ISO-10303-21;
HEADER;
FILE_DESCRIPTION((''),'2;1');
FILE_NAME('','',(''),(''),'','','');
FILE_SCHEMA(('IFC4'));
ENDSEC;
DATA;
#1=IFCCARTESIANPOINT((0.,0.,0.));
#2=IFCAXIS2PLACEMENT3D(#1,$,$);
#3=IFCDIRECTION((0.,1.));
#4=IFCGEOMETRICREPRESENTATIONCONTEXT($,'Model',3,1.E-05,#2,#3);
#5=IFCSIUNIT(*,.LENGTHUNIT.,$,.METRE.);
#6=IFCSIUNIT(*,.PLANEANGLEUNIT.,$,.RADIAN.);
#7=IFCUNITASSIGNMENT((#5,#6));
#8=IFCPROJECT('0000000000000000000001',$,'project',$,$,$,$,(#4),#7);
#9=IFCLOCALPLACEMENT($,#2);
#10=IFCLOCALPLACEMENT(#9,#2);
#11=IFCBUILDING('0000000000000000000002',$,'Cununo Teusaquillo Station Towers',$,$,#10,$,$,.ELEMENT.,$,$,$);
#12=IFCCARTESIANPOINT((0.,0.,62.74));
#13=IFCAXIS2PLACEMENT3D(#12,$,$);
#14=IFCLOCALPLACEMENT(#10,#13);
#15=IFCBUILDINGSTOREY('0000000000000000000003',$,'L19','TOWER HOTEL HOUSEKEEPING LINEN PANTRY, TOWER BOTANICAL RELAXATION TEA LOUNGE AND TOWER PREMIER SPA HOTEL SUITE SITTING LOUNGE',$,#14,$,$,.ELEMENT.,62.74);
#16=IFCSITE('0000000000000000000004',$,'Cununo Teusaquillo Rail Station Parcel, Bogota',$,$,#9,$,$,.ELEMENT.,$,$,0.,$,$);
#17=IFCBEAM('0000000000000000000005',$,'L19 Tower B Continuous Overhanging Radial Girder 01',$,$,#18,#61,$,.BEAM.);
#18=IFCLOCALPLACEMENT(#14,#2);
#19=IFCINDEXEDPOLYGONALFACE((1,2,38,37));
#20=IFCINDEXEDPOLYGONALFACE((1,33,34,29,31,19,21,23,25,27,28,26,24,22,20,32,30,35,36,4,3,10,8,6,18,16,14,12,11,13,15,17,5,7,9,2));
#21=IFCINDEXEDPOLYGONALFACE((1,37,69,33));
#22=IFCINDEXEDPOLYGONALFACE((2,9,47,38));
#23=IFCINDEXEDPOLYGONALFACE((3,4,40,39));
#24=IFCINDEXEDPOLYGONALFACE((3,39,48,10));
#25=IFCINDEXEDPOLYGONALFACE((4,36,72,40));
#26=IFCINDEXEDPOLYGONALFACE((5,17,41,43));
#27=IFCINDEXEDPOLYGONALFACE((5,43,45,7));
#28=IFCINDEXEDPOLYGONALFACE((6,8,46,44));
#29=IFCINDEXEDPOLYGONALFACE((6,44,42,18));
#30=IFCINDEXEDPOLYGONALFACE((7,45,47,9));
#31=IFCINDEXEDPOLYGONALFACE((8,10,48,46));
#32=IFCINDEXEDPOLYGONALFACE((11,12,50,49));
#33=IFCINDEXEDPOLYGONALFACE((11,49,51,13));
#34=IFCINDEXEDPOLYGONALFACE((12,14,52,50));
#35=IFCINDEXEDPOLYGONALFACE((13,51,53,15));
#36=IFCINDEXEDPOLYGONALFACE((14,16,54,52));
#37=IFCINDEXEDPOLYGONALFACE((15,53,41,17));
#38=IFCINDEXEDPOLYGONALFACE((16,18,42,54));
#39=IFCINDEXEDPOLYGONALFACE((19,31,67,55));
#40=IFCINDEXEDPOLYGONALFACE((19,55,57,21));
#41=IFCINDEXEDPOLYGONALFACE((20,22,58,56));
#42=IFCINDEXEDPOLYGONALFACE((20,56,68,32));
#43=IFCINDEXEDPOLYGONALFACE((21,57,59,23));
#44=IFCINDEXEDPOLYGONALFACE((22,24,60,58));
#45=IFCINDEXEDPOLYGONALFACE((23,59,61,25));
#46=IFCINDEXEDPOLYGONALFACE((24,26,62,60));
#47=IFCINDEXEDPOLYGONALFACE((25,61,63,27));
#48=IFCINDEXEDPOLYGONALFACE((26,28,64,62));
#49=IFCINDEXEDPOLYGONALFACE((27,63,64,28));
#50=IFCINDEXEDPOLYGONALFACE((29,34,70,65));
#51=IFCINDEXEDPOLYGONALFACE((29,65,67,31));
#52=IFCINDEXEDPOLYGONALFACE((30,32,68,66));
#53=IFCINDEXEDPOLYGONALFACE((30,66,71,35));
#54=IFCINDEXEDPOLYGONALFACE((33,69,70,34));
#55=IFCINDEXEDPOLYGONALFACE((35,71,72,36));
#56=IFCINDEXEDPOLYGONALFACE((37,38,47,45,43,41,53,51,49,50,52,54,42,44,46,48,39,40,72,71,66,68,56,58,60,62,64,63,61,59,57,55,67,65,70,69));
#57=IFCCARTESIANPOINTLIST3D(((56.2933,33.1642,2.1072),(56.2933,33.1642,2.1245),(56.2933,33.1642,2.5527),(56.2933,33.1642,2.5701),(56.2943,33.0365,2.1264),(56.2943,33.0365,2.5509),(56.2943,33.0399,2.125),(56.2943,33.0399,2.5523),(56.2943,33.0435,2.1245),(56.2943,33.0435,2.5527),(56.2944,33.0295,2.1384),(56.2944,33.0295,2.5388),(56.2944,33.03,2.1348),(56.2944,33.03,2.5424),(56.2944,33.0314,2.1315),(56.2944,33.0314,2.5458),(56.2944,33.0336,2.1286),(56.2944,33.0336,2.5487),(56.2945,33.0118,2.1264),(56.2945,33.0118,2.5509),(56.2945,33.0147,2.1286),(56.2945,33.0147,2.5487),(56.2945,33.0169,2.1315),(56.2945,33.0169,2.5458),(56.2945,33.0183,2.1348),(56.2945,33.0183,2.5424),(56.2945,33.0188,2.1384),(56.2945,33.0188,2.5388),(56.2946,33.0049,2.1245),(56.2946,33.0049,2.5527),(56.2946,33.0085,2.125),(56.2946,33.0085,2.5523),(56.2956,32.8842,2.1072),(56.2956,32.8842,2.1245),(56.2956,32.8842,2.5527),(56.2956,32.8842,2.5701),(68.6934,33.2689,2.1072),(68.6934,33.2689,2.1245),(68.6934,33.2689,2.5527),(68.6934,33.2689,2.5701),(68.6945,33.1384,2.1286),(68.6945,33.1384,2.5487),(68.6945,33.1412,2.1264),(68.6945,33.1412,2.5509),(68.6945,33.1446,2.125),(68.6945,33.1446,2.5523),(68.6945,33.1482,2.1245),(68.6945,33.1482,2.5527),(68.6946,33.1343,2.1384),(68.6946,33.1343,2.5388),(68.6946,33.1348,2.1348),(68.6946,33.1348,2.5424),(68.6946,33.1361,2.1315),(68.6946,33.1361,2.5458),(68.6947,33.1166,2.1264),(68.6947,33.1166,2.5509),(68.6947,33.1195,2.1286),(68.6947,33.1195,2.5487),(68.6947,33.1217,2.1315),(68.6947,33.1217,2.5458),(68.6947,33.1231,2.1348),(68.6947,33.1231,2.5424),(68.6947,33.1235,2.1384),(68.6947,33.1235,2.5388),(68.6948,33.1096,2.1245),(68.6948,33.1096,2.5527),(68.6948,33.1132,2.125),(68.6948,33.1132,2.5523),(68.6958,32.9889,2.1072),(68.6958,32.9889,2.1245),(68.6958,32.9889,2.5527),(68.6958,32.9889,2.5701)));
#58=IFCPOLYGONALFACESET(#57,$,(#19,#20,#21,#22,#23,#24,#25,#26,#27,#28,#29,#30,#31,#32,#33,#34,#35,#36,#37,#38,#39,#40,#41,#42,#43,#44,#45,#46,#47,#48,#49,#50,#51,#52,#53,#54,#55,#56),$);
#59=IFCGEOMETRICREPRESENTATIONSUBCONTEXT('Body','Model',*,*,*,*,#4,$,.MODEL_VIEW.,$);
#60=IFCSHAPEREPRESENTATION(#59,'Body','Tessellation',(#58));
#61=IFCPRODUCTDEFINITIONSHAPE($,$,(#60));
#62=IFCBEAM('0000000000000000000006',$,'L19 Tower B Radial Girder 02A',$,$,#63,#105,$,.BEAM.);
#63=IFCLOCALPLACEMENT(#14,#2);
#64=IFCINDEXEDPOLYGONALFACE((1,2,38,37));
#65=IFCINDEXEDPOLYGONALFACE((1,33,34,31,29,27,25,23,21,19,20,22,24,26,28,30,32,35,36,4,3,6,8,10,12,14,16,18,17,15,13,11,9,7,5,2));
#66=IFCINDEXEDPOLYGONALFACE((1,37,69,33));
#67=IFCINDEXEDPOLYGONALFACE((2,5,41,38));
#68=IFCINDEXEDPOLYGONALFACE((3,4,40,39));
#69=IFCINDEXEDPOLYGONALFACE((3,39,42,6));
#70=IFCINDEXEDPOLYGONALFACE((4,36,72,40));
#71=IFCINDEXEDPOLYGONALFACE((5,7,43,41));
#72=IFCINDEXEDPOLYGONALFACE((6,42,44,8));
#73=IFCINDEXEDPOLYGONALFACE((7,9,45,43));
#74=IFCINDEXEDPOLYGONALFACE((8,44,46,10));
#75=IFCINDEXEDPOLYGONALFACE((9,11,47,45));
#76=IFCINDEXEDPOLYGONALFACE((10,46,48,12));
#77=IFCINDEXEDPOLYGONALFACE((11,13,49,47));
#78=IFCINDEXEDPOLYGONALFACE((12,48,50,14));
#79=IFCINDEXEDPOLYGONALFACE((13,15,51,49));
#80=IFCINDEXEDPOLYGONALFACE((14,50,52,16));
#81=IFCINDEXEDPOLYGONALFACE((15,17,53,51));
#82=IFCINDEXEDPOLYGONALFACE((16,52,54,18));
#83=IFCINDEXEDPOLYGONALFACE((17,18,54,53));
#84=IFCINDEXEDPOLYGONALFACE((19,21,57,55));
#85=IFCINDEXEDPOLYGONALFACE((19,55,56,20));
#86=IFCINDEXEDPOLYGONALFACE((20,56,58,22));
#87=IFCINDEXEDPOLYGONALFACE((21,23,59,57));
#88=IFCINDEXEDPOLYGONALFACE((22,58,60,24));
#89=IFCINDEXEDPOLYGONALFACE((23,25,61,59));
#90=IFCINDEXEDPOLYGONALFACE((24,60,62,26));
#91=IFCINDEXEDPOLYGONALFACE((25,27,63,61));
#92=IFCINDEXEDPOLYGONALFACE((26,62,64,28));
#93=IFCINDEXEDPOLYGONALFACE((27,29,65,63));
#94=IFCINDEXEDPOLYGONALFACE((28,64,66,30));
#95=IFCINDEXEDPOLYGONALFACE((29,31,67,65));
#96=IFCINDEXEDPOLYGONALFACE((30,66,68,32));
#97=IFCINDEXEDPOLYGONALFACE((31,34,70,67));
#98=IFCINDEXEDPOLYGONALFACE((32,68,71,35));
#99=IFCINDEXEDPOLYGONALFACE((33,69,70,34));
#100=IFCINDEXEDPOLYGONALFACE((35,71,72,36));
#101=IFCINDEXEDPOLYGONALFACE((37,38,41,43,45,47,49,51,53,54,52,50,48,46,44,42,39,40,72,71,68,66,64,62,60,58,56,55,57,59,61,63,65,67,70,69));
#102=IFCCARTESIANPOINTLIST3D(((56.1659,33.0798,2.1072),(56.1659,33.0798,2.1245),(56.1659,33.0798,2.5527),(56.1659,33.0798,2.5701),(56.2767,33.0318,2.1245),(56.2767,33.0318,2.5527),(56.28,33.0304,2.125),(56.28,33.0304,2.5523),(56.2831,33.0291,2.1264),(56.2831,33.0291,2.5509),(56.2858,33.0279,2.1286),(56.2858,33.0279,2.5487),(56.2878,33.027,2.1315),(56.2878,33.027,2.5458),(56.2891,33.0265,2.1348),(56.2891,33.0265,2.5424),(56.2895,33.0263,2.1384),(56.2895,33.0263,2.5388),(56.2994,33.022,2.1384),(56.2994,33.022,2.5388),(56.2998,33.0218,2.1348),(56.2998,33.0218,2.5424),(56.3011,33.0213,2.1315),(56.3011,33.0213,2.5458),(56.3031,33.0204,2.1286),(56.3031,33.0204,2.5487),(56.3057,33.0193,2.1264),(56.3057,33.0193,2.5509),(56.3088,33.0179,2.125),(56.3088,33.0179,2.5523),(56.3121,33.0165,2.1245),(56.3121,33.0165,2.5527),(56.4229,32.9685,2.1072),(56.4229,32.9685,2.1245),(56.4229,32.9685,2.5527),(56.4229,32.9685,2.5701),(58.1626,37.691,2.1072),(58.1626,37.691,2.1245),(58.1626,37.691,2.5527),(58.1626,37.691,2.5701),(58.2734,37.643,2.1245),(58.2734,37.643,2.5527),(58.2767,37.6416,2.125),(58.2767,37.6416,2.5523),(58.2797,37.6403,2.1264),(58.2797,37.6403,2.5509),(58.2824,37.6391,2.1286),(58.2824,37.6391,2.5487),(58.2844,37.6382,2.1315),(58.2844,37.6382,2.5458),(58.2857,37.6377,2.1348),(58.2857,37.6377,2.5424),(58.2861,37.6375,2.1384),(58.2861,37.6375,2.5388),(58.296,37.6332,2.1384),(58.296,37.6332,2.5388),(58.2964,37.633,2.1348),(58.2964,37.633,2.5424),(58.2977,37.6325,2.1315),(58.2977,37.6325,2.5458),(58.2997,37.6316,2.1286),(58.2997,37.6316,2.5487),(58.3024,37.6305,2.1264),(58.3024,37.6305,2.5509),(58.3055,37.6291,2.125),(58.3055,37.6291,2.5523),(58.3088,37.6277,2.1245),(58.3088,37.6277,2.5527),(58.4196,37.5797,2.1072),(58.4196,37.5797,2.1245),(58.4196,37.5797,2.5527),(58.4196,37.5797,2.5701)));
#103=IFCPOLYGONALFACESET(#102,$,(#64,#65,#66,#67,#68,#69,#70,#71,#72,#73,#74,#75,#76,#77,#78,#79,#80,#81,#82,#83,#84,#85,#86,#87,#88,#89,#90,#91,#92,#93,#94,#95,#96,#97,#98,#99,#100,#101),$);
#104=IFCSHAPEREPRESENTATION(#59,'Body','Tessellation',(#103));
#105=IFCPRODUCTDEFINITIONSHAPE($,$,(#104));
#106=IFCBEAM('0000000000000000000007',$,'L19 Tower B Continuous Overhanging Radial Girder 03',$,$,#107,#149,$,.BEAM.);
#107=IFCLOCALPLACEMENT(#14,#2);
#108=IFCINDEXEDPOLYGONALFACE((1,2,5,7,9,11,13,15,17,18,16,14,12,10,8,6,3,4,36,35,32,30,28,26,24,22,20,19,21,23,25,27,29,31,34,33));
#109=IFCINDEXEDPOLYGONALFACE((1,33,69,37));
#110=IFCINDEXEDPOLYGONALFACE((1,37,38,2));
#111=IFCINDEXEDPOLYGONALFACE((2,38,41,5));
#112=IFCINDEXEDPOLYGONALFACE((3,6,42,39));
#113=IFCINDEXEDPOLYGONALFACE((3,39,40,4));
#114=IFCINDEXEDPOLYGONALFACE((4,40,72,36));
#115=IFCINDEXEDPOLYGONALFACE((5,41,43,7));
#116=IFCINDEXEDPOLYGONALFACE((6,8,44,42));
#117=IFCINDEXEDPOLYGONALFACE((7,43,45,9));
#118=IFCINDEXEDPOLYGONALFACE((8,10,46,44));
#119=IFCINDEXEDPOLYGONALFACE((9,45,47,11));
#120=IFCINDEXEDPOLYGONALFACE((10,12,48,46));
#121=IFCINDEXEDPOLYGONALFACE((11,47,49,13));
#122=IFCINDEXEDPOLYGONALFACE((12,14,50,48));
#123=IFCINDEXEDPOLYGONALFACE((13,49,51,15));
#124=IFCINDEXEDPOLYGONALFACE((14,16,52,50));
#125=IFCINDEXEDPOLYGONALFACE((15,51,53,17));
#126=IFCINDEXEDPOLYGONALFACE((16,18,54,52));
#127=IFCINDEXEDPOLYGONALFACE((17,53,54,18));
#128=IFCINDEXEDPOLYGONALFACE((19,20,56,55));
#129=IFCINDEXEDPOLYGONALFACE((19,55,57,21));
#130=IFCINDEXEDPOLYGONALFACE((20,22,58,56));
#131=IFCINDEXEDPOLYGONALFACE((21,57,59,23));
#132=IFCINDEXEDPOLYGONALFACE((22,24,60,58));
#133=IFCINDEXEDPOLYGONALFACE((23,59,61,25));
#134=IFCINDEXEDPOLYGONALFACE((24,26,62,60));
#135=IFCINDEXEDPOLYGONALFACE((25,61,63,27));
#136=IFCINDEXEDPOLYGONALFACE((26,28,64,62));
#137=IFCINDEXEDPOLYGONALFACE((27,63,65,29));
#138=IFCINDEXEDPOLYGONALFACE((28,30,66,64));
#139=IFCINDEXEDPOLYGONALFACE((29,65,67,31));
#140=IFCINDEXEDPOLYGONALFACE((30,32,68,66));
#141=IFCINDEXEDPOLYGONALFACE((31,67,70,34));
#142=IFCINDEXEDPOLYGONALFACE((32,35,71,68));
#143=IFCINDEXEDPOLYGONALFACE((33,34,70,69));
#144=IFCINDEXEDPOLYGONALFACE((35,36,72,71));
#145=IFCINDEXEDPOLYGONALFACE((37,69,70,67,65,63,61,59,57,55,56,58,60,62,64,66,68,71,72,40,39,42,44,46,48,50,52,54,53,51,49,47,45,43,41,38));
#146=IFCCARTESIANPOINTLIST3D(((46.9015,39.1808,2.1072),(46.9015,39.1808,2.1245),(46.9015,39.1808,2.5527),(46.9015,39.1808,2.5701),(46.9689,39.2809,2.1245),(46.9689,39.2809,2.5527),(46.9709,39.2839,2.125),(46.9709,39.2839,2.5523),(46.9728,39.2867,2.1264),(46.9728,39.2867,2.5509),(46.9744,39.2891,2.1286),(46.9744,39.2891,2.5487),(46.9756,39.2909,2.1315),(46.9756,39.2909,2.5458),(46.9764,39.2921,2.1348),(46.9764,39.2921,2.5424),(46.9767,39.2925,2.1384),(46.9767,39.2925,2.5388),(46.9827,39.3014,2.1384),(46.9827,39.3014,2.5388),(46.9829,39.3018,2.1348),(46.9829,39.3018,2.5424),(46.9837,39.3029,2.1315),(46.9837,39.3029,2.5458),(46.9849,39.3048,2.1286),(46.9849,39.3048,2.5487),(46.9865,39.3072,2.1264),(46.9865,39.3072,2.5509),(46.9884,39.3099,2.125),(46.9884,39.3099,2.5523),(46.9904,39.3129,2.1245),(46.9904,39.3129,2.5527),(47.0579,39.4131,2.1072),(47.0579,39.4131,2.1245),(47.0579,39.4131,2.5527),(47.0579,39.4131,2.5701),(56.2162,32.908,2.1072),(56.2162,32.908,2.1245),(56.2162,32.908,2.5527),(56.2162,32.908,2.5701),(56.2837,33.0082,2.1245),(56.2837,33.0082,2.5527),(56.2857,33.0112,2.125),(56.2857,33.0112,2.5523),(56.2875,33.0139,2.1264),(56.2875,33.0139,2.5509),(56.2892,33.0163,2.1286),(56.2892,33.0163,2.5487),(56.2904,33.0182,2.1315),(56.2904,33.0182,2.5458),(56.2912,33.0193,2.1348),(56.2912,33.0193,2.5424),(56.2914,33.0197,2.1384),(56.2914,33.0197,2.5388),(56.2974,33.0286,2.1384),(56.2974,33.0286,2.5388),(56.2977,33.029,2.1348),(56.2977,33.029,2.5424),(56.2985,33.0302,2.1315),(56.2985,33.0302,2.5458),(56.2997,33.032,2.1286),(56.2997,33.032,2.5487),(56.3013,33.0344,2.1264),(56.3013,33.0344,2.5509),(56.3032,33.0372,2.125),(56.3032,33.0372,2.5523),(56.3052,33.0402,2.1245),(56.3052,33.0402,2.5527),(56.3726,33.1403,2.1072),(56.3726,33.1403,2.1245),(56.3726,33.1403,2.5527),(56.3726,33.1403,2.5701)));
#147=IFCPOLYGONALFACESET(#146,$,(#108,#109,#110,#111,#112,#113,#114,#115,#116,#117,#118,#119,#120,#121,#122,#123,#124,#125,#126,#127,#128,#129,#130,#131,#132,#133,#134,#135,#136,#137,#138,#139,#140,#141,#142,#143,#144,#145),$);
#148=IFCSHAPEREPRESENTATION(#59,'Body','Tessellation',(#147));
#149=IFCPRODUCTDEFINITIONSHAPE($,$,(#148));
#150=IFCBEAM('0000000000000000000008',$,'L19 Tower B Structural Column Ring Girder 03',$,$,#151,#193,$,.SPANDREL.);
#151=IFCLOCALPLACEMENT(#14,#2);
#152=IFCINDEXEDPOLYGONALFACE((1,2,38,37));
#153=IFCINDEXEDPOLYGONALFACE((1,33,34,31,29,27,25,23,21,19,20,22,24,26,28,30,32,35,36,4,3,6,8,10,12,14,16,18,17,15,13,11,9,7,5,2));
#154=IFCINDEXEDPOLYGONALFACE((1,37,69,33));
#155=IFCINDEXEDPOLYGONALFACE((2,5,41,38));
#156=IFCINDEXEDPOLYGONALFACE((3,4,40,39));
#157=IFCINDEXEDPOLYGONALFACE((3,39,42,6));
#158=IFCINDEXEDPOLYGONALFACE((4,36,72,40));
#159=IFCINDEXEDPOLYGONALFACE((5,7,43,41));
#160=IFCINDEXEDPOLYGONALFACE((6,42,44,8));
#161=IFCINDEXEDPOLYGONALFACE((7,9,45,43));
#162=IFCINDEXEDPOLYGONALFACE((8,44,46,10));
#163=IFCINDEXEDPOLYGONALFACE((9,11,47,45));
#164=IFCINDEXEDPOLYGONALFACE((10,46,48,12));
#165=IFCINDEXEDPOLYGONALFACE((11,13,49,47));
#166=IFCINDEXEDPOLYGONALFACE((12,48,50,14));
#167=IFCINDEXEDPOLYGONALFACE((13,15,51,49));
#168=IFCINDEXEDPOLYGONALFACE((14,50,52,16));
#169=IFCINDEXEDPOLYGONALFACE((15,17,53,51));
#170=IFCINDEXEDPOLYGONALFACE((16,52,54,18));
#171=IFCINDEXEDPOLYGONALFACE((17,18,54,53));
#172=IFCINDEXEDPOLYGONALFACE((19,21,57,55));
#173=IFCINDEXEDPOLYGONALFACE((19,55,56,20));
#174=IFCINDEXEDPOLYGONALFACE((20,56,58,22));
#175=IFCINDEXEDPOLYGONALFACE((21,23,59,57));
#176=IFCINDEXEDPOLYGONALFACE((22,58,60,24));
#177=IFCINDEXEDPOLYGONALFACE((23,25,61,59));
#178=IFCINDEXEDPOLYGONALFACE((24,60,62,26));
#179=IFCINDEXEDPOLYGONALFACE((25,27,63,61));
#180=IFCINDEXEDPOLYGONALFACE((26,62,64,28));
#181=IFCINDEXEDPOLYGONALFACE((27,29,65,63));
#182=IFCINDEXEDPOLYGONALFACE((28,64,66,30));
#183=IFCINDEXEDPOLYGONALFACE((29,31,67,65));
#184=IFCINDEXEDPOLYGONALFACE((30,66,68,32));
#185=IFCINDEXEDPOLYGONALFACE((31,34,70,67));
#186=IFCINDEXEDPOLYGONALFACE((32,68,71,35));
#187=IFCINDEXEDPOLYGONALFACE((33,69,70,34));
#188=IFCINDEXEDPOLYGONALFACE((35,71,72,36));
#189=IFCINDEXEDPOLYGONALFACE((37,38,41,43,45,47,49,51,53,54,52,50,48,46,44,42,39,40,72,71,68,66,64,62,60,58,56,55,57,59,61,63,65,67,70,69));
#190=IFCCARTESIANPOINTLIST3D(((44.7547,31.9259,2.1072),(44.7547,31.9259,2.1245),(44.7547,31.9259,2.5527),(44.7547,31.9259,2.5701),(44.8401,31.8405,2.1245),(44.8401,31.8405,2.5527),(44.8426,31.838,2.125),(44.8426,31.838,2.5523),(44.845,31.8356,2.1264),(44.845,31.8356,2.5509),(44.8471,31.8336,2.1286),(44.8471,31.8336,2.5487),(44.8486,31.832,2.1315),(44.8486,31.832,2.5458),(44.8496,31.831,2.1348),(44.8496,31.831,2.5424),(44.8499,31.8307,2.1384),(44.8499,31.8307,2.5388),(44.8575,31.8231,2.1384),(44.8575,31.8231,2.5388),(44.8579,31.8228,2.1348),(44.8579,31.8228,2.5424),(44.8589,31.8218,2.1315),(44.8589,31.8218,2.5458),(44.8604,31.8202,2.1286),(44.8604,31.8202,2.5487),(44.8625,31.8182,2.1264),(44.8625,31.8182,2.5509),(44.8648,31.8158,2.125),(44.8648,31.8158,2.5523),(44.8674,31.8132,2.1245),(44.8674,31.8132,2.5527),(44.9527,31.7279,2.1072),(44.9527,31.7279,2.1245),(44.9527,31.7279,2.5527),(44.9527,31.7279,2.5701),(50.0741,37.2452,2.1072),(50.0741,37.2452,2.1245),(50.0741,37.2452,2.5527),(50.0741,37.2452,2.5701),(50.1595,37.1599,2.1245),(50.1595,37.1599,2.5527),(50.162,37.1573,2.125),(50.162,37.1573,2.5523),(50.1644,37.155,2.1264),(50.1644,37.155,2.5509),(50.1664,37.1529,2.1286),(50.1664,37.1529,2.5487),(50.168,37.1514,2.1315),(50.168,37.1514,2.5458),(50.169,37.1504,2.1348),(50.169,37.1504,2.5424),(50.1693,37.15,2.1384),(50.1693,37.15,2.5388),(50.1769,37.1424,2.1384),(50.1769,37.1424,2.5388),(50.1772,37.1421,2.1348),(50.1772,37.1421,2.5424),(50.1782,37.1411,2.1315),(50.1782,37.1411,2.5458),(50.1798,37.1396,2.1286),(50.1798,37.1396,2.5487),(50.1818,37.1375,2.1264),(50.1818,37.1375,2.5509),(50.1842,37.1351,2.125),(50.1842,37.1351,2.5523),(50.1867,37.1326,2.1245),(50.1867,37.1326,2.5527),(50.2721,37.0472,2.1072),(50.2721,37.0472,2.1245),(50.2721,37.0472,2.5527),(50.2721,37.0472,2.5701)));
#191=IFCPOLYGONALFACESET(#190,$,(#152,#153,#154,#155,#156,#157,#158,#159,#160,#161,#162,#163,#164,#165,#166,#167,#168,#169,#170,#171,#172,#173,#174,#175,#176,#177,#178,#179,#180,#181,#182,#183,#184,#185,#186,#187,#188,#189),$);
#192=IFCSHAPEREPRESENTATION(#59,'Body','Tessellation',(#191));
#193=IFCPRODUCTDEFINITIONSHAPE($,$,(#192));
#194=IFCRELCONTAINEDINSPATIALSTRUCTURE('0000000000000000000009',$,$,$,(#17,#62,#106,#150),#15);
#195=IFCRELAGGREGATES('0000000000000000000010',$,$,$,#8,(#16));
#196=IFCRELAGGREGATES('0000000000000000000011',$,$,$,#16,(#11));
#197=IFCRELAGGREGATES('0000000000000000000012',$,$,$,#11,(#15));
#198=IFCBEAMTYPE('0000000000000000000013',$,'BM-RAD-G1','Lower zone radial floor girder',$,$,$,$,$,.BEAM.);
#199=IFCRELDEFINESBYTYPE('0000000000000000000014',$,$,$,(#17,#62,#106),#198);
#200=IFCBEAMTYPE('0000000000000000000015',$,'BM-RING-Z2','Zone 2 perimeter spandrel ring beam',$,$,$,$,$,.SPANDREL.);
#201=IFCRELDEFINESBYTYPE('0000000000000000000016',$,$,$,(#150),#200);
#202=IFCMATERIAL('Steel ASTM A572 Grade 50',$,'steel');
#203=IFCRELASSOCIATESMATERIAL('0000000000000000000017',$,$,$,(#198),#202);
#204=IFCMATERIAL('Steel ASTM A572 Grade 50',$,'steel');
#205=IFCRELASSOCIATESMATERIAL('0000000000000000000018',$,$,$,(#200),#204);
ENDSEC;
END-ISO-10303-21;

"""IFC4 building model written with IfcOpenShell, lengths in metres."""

from ifc_helpers import new_model, si_unit, direction, frame, origin, origin_2d, place, context, subcontext, project, spatial, i_section, extrude, material, material_profile, profile_set, type_object, element, save


model = new_model("IFC4")

# Units and contexts
model_context = context("Model", 3, precision=1e-05, world=origin(), true_north=direction((0.0, 1.0)))
body_context = subcontext(model_context, "Body", "Model", "MODEL_VIEW")
ifc_project = project(units=[si_unit("LENGTHUNIT", "METRE"), si_unit("PLANEANGLEUNIT", "RADIAN")], contexts=[model_context])

# Site, building, storey
site_placement = place(None, origin())
site = spatial("IfcSite", under=ifc_project, at=site_placement, Name="Cununo Teusaquillo Rail Station Parcel, Bogota", CompositionType="ELEMENT", RefElevation=0.0)
building_placement = place(site_placement, origin())
building = spatial("IfcBuilding", under=site, at=building_placement, Name="Cununo Teusaquillo Station Towers", CompositionType="ELEMENT")
storey_placement = place(building_placement, frame((0.0, 0.0, 62.74)))
storey = spatial("IfcBuildingStorey", under=building, at=storey_placement, Name="L19", Description="TOWER HOTEL HOUSEKEEPING LINEN PANTRY, TOWER BOTANICAL RELAXATION TEA LOUNGE AND TOWER PREMIER SPA HOTEL SUITE SITTING LOUNGE", CompositionType="ELEMENT", Elevation=62.74)

# Beams
ifc_material_1 = material(Name="Steel ASTM A572 Grade 50", Category="steel")
ifc_material_profile_1 = material_profile(ifc_material_1, i_section(OverallWidth=0.28, OverallDepth=0.4629, WebThickness=0.0107, FlangeThickness=0.0173, FilletRadius=0.0139, at=origin_2d()), Name="W18X76")
ifc_profile_set_1 = profile_set([ifc_material_profile_1], Name="Steel ASTM A572 Grade 50")
beam_type_1 = type_object("IfcBeamType", Name="BM-RAD-G1", Description="Lower zone radial floor girder", PredefinedType="BEAM", material=ifc_profile_set_1)
beam_1_placement = place(storey_placement, frame((56.2944, 33.0242, 2.3386), z_axis=(0.999964, 0.008446, 0.0), x_axis=(-0.008446, 0.999964, 0.0)))
element("IfcBeam", 1, at=beam_1_placement, inside=storey, type_object=beam_type_1, Name="L19 Tower B Continuous Overhanging Radial Girder 01", PredefinedType="BEAM", context=body_context, shape_type="SweptSolid", body=[
    extrude(i_section(OverallWidth=0.28, OverallDepth=0.4629, WebThickness=0.0107, FlangeThickness=0.0173, FilletRadius=0.0139, at=origin_2d()), origin(), (0.0, 0.0, 1.0), 12.4006),
])
beam_2_placement = place(storey_placement, frame((56.2944, 33.0242, 2.3386), z_axis=(0.397347, 0.917668, 0.0), x_axis=(-0.917668, 0.397347, 0.0)))
element("IfcBeam", 2, at=beam_2_placement, inside=storey, type_object=beam_type_1, Name="L19 Tower B Radial Girder 02A", PredefinedType="BEAM", context=body_context, shape_type="SweptSolid", body=[
    extrude(i_section(OverallWidth=0.28, OverallDepth=0.4629, WebThickness=0.0107, FlangeThickness=0.0173, FilletRadius=0.0139, at=origin_2d()), origin(), (0.0, 0.0, 1.0), 5.0249),
])
beam_3_placement = place(storey_placement, frame((56.2944, 33.0242, 2.3386), z_axis=(-0.829456, 0.558572, 0.0), x_axis=(-0.558572, -0.829456, 0.0)))
element("IfcBeam", 3, at=beam_3_placement, inside=storey, type_object=beam_type_1, Name="L19 Tower B Continuous Overhanging Radial Girder 03", PredefinedType="BEAM", context=body_context, shape_type="SweptSolid", body=[
    extrude(i_section(OverallWidth=0.28, OverallDepth=0.4629, WebThickness=0.0107, FlangeThickness=0.0173, FilletRadius=0.0139, at=origin_2d()), origin(), (0.0, 0.0, 1.0), 11.23),
])
ifc_material_2 = material(Name="Steel ASTM A572 Grade 50", Category="steel")
ifc_material_profile_2 = material_profile(ifc_material_2, i_section(OverallWidth=0.28, OverallDepth=0.4629, WebThickness=0.0107, FlangeThickness=0.0173, FilletRadius=0.0139, at=origin_2d()), Name="W18X76")
ifc_profile_set_2 = profile_set([ifc_material_profile_2], Name="Steel ASTM A572 Grade 50")
beam_type_2 = type_object("IfcBeamType", Name="BM-RING-Z2", Description="Zone 2 perimeter spandrel ring beam", PredefinedType="SPANDREL", material=ifc_profile_set_2)
beam_4_placement = place(storey_placement, frame((50.1731, 37.1462, 2.3386), z_axis=(-0.707107, -0.707107, 0.0), x_axis=(0.707107, -0.707107, 0.0)))
element("IfcBeam", 4, at=beam_4_placement, inside=storey, type_object=beam_type_2, Name="L19 Tower B Structural Column Ring Girder 03", PredefinedType="SPANDREL", context=body_context, shape_type="SweptSolid", body=[
    extrude(i_section(OverallWidth=0.28, OverallDepth=0.4629, WebThickness=0.0107, FlangeThickness=0.0173, FilletRadius=0.0139, at=origin_2d()), origin(), (0.0, 0.0, 1.0), 7.5227),
])

save(model, "model.ifc")
